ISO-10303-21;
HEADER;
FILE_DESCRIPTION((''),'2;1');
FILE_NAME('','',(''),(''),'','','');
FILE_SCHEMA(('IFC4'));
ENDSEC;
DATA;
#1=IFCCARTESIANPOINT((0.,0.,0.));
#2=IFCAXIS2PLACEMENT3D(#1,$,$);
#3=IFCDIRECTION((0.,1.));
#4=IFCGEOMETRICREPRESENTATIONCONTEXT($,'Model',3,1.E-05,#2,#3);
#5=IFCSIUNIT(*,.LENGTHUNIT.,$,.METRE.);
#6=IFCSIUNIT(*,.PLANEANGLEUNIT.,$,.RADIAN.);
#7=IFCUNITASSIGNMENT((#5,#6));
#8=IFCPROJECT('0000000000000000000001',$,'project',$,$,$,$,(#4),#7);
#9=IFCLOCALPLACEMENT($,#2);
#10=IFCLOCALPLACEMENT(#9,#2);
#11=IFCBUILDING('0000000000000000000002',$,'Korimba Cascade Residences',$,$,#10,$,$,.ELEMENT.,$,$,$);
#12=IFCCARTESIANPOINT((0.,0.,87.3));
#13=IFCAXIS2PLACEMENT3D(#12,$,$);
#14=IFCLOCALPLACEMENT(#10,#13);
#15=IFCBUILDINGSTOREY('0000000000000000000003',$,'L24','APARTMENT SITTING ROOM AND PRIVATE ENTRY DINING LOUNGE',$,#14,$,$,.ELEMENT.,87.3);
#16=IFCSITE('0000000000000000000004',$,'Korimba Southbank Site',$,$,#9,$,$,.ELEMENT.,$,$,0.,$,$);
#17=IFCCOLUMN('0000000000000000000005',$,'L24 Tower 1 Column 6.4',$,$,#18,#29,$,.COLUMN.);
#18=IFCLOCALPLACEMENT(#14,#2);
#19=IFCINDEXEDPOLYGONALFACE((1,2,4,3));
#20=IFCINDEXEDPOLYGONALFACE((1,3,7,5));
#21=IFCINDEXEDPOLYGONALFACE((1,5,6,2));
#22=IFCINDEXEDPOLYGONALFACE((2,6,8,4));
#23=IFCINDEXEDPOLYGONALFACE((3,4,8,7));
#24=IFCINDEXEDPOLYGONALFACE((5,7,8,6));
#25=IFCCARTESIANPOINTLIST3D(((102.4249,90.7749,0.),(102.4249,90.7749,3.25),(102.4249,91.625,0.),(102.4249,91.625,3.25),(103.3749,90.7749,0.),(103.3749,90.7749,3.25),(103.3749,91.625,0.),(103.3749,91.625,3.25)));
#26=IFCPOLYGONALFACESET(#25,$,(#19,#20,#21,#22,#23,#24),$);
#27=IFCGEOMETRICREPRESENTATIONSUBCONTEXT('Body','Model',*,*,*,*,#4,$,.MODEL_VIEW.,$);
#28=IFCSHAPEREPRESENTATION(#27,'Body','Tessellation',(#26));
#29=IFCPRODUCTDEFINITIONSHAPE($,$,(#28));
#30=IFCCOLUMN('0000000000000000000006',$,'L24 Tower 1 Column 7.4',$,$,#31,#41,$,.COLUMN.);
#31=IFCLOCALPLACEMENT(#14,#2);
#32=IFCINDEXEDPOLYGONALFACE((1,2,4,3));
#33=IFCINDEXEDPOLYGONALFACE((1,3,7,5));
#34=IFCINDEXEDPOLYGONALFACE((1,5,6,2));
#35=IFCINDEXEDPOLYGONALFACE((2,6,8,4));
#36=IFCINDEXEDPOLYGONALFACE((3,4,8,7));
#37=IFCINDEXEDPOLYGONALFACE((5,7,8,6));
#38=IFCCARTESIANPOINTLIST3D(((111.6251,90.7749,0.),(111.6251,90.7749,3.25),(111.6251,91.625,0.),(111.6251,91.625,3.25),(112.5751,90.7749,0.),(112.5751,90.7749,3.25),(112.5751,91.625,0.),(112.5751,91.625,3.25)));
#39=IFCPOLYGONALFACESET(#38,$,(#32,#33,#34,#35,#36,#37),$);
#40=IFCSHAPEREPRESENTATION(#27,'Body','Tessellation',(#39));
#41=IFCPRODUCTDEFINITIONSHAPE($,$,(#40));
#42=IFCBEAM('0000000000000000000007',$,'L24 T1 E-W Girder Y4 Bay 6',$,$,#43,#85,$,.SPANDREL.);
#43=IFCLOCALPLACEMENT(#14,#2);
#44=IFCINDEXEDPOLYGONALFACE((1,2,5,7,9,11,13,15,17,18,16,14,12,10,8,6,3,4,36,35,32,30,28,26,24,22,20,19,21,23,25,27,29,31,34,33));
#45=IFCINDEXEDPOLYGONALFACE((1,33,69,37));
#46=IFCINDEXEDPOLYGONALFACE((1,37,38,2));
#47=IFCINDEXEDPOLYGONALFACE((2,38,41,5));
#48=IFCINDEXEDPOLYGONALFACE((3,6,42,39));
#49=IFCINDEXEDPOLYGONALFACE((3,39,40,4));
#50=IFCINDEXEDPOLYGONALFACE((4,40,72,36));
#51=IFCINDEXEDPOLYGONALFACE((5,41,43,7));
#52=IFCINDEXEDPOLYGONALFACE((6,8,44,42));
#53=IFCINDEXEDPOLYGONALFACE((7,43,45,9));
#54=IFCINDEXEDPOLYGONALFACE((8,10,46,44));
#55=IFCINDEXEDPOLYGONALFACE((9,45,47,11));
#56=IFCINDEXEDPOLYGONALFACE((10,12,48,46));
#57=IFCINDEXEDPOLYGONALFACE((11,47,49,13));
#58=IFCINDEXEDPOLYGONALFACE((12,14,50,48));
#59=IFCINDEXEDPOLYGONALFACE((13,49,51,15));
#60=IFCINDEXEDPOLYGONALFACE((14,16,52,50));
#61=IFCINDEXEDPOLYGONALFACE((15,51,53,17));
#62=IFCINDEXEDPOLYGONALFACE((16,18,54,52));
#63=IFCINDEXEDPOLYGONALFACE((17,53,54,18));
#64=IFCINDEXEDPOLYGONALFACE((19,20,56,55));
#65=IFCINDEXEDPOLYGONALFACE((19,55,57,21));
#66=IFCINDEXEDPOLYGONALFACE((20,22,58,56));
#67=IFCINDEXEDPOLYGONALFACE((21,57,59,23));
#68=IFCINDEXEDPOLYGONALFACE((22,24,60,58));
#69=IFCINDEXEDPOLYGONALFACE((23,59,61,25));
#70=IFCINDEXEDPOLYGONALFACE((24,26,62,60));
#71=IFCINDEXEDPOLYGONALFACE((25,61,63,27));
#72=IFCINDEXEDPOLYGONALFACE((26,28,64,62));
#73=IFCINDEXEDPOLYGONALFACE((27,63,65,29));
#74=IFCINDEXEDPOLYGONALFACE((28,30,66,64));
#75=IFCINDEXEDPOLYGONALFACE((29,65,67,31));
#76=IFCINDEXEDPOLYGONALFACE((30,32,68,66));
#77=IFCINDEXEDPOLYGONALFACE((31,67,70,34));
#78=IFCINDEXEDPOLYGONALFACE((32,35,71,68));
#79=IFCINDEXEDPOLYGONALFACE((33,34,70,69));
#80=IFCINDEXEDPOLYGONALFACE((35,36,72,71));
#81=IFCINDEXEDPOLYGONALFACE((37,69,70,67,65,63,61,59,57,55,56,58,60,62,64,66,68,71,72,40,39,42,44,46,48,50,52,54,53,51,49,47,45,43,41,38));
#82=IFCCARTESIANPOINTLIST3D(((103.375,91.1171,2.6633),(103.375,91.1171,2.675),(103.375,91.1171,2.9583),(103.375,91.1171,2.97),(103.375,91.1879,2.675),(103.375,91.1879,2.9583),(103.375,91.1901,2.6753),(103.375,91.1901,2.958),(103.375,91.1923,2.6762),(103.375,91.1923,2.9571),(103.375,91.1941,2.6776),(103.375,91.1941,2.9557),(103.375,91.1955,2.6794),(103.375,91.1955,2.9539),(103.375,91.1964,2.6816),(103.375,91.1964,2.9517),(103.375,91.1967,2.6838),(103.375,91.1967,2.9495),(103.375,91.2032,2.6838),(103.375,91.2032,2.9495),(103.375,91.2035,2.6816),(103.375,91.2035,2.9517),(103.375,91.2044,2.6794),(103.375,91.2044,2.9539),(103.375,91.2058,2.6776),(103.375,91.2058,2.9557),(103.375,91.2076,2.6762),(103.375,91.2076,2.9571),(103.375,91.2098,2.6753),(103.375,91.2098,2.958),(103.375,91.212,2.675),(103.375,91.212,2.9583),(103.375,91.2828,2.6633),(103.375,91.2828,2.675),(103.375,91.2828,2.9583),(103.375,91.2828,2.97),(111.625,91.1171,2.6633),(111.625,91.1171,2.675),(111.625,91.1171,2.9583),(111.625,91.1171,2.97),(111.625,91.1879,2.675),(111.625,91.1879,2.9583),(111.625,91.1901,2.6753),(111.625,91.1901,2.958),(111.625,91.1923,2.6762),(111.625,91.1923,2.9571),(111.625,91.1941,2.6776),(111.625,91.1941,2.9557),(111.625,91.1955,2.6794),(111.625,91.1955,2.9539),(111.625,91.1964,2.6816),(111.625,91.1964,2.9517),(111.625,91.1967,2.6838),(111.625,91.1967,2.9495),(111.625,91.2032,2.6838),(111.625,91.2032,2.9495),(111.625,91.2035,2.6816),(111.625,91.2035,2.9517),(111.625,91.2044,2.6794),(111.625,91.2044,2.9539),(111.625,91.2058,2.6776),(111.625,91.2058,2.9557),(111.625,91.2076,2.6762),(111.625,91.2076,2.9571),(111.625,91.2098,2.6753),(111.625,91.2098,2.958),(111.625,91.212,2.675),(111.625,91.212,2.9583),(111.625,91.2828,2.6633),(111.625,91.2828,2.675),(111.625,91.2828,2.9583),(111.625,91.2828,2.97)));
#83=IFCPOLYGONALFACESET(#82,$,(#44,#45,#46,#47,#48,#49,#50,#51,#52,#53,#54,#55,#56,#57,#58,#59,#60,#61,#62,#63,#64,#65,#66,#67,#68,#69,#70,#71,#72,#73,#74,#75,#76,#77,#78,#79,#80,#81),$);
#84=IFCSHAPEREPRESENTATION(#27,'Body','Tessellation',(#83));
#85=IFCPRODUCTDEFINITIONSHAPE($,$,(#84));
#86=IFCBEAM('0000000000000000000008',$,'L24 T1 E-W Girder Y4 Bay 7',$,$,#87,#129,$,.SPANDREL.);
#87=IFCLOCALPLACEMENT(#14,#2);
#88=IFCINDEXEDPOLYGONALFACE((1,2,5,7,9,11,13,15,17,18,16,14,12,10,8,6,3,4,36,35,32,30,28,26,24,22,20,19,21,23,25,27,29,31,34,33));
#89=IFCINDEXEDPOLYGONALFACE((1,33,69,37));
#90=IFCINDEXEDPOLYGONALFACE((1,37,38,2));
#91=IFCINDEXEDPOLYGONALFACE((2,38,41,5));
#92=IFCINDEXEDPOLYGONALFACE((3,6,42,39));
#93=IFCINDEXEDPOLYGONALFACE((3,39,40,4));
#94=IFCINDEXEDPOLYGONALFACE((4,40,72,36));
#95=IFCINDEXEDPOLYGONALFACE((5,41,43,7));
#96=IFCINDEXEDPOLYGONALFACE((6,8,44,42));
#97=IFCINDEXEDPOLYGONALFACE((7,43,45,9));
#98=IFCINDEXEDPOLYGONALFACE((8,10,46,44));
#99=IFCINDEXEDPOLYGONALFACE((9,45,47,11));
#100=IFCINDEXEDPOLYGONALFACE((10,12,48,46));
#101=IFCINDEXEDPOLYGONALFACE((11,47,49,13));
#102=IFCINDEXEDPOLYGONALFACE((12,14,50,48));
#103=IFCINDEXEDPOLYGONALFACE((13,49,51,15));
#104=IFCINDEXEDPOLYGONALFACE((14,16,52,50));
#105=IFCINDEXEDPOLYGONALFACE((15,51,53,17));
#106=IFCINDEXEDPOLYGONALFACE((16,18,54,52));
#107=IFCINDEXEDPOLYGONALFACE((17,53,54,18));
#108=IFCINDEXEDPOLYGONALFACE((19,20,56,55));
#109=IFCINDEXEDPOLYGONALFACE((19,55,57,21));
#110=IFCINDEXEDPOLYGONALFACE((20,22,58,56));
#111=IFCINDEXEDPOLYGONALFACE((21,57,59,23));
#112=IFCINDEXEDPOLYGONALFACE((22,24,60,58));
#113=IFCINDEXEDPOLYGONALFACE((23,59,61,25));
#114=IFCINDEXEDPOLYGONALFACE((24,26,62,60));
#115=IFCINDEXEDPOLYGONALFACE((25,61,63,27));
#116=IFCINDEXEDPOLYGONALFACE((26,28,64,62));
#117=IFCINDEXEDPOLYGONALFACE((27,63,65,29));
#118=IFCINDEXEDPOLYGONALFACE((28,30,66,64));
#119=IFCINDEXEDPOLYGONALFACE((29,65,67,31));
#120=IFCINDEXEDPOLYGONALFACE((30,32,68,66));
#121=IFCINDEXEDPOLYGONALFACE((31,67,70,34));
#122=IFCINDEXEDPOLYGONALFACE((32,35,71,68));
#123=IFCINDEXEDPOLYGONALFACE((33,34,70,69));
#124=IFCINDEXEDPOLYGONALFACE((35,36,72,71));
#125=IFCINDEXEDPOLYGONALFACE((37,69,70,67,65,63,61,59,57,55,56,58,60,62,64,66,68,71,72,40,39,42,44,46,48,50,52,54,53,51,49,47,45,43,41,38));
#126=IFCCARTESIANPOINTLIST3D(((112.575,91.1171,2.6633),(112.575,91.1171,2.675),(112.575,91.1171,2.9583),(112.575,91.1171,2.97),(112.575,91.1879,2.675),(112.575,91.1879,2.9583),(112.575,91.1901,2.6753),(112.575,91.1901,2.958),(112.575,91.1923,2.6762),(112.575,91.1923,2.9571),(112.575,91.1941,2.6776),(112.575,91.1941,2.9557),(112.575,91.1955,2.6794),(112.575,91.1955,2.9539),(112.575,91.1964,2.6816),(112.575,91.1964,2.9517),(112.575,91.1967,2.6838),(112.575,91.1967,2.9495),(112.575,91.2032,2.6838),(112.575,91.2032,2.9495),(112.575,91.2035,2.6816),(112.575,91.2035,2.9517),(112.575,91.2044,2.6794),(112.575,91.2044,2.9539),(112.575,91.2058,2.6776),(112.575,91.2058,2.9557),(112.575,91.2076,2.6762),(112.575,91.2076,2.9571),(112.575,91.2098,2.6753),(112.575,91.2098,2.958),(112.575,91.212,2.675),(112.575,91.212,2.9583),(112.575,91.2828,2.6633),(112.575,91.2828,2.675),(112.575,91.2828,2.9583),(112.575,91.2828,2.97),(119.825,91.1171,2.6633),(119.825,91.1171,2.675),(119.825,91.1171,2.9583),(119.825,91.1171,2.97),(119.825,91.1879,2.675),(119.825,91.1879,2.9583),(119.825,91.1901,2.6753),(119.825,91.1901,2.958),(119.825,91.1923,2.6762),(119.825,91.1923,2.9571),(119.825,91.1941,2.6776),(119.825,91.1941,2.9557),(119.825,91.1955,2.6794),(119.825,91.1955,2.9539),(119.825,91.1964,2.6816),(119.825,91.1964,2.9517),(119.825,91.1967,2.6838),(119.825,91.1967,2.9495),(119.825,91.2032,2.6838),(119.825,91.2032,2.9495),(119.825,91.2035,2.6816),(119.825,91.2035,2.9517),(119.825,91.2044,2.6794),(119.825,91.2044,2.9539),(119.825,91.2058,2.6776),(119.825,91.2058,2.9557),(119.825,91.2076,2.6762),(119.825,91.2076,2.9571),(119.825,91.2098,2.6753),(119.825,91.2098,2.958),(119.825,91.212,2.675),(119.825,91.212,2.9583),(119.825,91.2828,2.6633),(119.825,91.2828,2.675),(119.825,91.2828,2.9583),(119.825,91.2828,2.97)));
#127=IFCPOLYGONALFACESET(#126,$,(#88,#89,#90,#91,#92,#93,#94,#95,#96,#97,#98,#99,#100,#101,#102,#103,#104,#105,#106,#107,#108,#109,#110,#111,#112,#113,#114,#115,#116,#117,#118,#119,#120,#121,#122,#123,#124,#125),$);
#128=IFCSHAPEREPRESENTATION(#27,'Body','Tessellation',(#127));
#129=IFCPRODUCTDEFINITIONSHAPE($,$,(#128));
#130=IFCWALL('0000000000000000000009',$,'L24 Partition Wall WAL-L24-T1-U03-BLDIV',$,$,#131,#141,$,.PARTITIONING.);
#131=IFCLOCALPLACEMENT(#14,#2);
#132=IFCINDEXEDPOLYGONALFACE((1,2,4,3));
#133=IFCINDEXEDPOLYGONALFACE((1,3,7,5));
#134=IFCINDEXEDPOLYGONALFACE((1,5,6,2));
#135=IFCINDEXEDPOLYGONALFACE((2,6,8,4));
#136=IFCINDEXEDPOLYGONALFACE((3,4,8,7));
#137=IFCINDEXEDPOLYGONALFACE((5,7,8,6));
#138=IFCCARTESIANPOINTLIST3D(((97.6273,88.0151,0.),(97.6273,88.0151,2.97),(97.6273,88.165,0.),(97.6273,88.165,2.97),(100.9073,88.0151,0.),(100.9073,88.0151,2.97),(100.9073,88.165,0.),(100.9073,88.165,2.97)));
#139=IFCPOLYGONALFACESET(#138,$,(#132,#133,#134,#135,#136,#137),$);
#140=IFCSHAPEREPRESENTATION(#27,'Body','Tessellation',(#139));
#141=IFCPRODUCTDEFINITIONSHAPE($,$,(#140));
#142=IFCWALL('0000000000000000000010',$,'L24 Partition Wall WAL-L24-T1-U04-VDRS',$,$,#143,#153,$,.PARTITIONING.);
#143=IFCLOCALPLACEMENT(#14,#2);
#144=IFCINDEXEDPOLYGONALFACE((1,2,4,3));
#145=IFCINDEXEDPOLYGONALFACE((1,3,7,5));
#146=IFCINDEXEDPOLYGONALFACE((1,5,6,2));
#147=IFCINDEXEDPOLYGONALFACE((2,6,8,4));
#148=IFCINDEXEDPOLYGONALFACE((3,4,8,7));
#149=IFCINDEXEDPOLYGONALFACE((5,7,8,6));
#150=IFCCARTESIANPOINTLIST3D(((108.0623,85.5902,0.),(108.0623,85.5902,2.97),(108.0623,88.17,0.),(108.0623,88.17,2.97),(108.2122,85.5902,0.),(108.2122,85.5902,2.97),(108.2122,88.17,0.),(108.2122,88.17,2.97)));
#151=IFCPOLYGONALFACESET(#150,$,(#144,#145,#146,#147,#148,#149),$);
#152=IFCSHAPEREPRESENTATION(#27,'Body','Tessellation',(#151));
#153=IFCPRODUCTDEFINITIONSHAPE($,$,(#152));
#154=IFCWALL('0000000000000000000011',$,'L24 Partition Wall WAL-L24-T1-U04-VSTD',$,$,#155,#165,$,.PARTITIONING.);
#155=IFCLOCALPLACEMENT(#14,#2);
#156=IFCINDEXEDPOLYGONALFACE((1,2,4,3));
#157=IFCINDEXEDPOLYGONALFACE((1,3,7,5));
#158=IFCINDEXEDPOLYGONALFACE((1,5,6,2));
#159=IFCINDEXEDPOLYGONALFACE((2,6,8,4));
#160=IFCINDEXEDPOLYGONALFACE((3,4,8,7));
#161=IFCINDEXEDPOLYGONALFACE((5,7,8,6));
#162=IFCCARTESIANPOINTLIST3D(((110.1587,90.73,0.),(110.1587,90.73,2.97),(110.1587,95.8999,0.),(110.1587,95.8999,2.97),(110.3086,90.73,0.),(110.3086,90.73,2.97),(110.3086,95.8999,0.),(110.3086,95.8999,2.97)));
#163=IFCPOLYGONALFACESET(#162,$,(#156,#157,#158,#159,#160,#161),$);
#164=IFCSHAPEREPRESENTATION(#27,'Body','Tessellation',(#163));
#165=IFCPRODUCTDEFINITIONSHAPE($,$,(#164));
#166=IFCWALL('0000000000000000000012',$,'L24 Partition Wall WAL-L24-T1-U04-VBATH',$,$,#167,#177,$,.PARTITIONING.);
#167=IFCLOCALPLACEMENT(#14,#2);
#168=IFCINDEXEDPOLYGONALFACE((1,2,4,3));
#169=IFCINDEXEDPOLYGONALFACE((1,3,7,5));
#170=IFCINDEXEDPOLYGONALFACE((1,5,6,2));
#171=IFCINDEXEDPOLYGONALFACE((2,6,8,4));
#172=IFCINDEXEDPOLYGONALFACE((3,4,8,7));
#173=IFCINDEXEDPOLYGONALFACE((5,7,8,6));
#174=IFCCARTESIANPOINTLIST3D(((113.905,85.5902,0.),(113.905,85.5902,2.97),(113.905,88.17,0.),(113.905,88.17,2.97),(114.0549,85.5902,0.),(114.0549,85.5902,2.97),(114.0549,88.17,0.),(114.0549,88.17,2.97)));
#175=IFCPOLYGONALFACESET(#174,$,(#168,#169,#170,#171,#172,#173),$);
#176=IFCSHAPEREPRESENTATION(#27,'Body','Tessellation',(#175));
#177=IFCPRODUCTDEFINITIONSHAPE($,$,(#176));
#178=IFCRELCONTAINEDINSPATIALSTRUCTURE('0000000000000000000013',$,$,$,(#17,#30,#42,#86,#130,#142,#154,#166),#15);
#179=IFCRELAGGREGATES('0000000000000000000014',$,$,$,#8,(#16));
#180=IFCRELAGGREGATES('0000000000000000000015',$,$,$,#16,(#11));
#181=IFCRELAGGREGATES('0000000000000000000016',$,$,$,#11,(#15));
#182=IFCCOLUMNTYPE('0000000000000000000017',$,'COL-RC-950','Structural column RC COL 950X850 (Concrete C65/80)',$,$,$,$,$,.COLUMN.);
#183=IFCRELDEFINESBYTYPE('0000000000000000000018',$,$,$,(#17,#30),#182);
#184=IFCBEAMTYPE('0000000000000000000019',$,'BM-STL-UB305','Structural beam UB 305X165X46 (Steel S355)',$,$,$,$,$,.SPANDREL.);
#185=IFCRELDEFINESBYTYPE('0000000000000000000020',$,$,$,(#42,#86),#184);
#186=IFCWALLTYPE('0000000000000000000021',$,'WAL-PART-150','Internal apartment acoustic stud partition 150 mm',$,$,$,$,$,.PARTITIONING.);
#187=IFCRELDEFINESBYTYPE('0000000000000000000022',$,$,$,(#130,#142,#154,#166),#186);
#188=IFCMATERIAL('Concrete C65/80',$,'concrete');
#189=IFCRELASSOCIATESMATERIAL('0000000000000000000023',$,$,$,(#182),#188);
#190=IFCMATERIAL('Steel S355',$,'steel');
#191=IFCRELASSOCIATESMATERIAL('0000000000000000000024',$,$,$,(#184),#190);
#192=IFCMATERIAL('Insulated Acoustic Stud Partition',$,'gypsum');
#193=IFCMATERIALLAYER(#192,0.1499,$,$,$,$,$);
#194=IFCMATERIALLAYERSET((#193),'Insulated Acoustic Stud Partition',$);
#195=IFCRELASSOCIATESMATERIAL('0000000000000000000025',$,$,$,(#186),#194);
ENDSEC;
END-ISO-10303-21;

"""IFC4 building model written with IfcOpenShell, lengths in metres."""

from ifc_helpers import new_model, si_unit, direction, frame, frame_2d, origin, origin_2d, place, context, subcontext, project, spatial, rectangle, i_section, extrude, material, layer, layer_set, material_profile, profile_set, type_object, element, save


model = new_model("IFC4")

# Units and contexts
model_context = context("Model", 3, precision=1e-05, world=origin(), true_north=direction((0.0, 1.0)))
body_context = subcontext(model_context, "Body", "Model", "MODEL_VIEW")
ifc_project = project(units=[si_unit("LENGTHUNIT", "METRE"), si_unit("PLANEANGLEUNIT", "RADIAN")], contexts=[model_context])

# Site, building, storey
site_placement = place(None, origin())
site = spatial("IfcSite", under=ifc_project, at=site_placement, Name="Korimba Southbank Site", CompositionType="ELEMENT", RefElevation=0.0)
building_placement = place(site_placement, origin())
building = spatial("IfcBuilding", under=site, at=building_placement, Name="Korimba Cascade Residences", CompositionType="ELEMENT")
storey_placement = place(building_placement, frame((0.0, 0.0, 87.3)))
storey = spatial("IfcBuildingStorey", under=building, at=storey_placement, Name="L24", Description="APARTMENT SITTING ROOM AND PRIVATE ENTRY DINING LOUNGE", CompositionType="ELEMENT", Elevation=87.3)

# Columns
ifc_material_1 = material(Name="Concrete C65/80", Category="concrete")
ifc_material_profile_1 = material_profile(ifc_material_1, rectangle(XDim=0.95, YDim=0.8501, at=origin_2d()), Name="Concrete C65/80")
ifc_profile_set_1 = profile_set([ifc_material_profile_1], Name="Concrete C65/80")
column_type = type_object("IfcColumnType", Name="COL-RC-950", Description="Structural column RC COL 950X850 (Concrete C65/80)", PredefinedType="COLUMN", material=ifc_profile_set_1)
for number, where, z_axis, x_axis, name in (
    (1, (102.8999, 91.2, 0.0), (0.0, 0.0, 1.0), (1.0, 0.0, 0.0), "L24 Tower 1 Column 6.4"),
    (2, (112.1001, 91.2, 0.0), (0.0, 0.0, 1.0), (1.0, 0.0, 0.0), "L24 Tower 1 Column 7.4"),
):
    element("IfcColumn", number, at=place(storey_placement, frame(where, z_axis=z_axis, x_axis=x_axis)), inside=storey, type_object=column_type, Name=name, PredefinedType="COLUMN", context=body_context, shape_type="SweptSolid", body=[
        extrude(rectangle(XDim=0.95, YDim=0.8501, at=origin_2d()), origin(), (0.0, 0.0, 1.0), 3.25),
    ])

# Beams
ifc_material_2 = material(Name="Steel S355", Category="steel")
ifc_material_profile_2 = material_profile(ifc_material_2, i_section(OverallWidth=0.1658, OverallDepth=0.3066, WebThickness=0.0066, FlangeThickness=0.0117, FilletRadius=0.0088, at=origin_2d()), Name="Steel S355")
ifc_profile_set_2 = profile_set([ifc_material_profile_2], Name="Steel S355")
beam_type = type_object("IfcBeamType", Name="BM-STL-UB305", Description="Structural beam UB 305X165X46 (Steel S355)", PredefinedType="SPANDREL", material=ifc_profile_set_2)
beam_1_placement = place(storey_placement, frame((103.375, 91.2, 2.8167), z_axis=(1.0, 0.0, 0.0), x_axis=(0.0, 1.0, 0.0)))
element("IfcBeam", 3, at=beam_1_placement, inside=storey, type_object=beam_type, Name="L24 T1 E-W Girder Y4 Bay 6", PredefinedType="SPANDREL", context=body_context, shape_type="SweptSolid", body=[
    extrude(i_section(OverallWidth=0.1658, OverallDepth=0.3066, WebThickness=0.0066, FlangeThickness=0.0117, FilletRadius=0.0088, at=origin_2d()), origin(), (0.0, 0.0, 1.0), 8.25),
])
beam_2_placement = place(storey_placement, frame((112.575, 91.2, 2.8167), z_axis=(1.0, 0.0, 0.0), x_axis=(0.0, 1.0, 0.0)))
element("IfcBeam", 4, at=beam_2_placement, inside=storey, type_object=beam_type, Name="L24 T1 E-W Girder Y4 Bay 7", PredefinedType="SPANDREL", context=body_context, shape_type="SweptSolid", body=[
    extrude(i_section(OverallWidth=0.1658, OverallDepth=0.3066, WebThickness=0.0066, FlangeThickness=0.0117, FilletRadius=0.0088, at=origin_2d()), origin(), (0.0, 0.0, 1.0), 7.25),
])

# Walls
ifc_material_3 = material(Name="Insulated Acoustic Stud Partition", Category="gypsum")
ifc_layer = layer(ifc_material_3, 0.1499)
ifc_layer_set = layer_set([ifc_layer], Name="Insulated Acoustic Stud Partition")
wall_type = type_object("IfcWallType", Name="WAL-PART-150", Description="Internal apartment acoustic stud partition 150 mm", PredefinedType="PARTITIONING", material=ifc_layer_set)
wall_1_placement = place(storey_placement, frame((97.6272, 88.0901, 0.0), z_axis=(0.0, 0.0, 1.0), x_axis=(1.0, 0.0, 0.0)))
element("IfcWall", 5, at=wall_1_placement, inside=storey, type_object=wall_type, Name="L24 Partition Wall WAL-L24-T1-U03-BLDIV", PredefinedType="PARTITIONING", context=body_context, shape_type="SweptSolid", body=[
    extrude(rectangle(XDim=3.28, YDim=0.1499, at=frame_2d((1.6401, 0.0))), origin(), (0.0, 0.0, 1.0), 2.97),
])
wall_2_placement = place(storey_placement, frame((108.1372, 85.5901, 0.0), z_axis=(0.0, 0.0, 1.0), x_axis=(0.0, 1.0, 0.0)))
element("IfcWall", 6, at=wall_2_placement, inside=storey, type_object=wall_type, Name="L24 Partition Wall WAL-L24-T1-U04-VDRS", PredefinedType="PARTITIONING", context=body_context, shape_type="SweptSolid", body=[
    extrude(rectangle(XDim=2.5798, YDim=0.1499, at=frame_2d((1.29, 0.0))), origin(), (0.0, 0.0, 1.0), 2.97),
])
wall_3_placement = place(storey_placement, frame((110.2336, 90.73, 0.0), z_axis=(0.0, 0.0, 1.0), x_axis=(0.0, 1.0, 0.0)))
element("IfcWall", 7, at=wall_3_placement, inside=storey, type_object=wall_type, Name="L24 Partition Wall WAL-L24-T1-U04-VSTD", PredefinedType="PARTITIONING", context=body_context, shape_type="SweptSolid", body=[
    extrude(rectangle(XDim=5.1699, YDim=0.1499, at=frame_2d((2.585, 0.0))), origin(), (0.0, 0.0, 1.0), 2.97),
])
wall_4_placement = place(storey_placement, frame((113.98, 85.5901, 0.0), z_axis=(0.0, 0.0, 1.0), x_axis=(0.0, 1.0, 0.0)))
element("IfcWall", 8, at=wall_4_placement, inside=storey, type_object=wall_type, Name="L24 Partition Wall WAL-L24-T1-U04-VBATH", PredefinedType="PARTITIONING", context=body_context, shape_type="SweptSolid", body=[
    extrude(rectangle(XDim=2.5798, YDim=0.1499, at=frame_2d((1.29, 0.0))), origin(), (0.0, 0.0, 1.0), 2.97),
])

save(model, "model.ifc")
